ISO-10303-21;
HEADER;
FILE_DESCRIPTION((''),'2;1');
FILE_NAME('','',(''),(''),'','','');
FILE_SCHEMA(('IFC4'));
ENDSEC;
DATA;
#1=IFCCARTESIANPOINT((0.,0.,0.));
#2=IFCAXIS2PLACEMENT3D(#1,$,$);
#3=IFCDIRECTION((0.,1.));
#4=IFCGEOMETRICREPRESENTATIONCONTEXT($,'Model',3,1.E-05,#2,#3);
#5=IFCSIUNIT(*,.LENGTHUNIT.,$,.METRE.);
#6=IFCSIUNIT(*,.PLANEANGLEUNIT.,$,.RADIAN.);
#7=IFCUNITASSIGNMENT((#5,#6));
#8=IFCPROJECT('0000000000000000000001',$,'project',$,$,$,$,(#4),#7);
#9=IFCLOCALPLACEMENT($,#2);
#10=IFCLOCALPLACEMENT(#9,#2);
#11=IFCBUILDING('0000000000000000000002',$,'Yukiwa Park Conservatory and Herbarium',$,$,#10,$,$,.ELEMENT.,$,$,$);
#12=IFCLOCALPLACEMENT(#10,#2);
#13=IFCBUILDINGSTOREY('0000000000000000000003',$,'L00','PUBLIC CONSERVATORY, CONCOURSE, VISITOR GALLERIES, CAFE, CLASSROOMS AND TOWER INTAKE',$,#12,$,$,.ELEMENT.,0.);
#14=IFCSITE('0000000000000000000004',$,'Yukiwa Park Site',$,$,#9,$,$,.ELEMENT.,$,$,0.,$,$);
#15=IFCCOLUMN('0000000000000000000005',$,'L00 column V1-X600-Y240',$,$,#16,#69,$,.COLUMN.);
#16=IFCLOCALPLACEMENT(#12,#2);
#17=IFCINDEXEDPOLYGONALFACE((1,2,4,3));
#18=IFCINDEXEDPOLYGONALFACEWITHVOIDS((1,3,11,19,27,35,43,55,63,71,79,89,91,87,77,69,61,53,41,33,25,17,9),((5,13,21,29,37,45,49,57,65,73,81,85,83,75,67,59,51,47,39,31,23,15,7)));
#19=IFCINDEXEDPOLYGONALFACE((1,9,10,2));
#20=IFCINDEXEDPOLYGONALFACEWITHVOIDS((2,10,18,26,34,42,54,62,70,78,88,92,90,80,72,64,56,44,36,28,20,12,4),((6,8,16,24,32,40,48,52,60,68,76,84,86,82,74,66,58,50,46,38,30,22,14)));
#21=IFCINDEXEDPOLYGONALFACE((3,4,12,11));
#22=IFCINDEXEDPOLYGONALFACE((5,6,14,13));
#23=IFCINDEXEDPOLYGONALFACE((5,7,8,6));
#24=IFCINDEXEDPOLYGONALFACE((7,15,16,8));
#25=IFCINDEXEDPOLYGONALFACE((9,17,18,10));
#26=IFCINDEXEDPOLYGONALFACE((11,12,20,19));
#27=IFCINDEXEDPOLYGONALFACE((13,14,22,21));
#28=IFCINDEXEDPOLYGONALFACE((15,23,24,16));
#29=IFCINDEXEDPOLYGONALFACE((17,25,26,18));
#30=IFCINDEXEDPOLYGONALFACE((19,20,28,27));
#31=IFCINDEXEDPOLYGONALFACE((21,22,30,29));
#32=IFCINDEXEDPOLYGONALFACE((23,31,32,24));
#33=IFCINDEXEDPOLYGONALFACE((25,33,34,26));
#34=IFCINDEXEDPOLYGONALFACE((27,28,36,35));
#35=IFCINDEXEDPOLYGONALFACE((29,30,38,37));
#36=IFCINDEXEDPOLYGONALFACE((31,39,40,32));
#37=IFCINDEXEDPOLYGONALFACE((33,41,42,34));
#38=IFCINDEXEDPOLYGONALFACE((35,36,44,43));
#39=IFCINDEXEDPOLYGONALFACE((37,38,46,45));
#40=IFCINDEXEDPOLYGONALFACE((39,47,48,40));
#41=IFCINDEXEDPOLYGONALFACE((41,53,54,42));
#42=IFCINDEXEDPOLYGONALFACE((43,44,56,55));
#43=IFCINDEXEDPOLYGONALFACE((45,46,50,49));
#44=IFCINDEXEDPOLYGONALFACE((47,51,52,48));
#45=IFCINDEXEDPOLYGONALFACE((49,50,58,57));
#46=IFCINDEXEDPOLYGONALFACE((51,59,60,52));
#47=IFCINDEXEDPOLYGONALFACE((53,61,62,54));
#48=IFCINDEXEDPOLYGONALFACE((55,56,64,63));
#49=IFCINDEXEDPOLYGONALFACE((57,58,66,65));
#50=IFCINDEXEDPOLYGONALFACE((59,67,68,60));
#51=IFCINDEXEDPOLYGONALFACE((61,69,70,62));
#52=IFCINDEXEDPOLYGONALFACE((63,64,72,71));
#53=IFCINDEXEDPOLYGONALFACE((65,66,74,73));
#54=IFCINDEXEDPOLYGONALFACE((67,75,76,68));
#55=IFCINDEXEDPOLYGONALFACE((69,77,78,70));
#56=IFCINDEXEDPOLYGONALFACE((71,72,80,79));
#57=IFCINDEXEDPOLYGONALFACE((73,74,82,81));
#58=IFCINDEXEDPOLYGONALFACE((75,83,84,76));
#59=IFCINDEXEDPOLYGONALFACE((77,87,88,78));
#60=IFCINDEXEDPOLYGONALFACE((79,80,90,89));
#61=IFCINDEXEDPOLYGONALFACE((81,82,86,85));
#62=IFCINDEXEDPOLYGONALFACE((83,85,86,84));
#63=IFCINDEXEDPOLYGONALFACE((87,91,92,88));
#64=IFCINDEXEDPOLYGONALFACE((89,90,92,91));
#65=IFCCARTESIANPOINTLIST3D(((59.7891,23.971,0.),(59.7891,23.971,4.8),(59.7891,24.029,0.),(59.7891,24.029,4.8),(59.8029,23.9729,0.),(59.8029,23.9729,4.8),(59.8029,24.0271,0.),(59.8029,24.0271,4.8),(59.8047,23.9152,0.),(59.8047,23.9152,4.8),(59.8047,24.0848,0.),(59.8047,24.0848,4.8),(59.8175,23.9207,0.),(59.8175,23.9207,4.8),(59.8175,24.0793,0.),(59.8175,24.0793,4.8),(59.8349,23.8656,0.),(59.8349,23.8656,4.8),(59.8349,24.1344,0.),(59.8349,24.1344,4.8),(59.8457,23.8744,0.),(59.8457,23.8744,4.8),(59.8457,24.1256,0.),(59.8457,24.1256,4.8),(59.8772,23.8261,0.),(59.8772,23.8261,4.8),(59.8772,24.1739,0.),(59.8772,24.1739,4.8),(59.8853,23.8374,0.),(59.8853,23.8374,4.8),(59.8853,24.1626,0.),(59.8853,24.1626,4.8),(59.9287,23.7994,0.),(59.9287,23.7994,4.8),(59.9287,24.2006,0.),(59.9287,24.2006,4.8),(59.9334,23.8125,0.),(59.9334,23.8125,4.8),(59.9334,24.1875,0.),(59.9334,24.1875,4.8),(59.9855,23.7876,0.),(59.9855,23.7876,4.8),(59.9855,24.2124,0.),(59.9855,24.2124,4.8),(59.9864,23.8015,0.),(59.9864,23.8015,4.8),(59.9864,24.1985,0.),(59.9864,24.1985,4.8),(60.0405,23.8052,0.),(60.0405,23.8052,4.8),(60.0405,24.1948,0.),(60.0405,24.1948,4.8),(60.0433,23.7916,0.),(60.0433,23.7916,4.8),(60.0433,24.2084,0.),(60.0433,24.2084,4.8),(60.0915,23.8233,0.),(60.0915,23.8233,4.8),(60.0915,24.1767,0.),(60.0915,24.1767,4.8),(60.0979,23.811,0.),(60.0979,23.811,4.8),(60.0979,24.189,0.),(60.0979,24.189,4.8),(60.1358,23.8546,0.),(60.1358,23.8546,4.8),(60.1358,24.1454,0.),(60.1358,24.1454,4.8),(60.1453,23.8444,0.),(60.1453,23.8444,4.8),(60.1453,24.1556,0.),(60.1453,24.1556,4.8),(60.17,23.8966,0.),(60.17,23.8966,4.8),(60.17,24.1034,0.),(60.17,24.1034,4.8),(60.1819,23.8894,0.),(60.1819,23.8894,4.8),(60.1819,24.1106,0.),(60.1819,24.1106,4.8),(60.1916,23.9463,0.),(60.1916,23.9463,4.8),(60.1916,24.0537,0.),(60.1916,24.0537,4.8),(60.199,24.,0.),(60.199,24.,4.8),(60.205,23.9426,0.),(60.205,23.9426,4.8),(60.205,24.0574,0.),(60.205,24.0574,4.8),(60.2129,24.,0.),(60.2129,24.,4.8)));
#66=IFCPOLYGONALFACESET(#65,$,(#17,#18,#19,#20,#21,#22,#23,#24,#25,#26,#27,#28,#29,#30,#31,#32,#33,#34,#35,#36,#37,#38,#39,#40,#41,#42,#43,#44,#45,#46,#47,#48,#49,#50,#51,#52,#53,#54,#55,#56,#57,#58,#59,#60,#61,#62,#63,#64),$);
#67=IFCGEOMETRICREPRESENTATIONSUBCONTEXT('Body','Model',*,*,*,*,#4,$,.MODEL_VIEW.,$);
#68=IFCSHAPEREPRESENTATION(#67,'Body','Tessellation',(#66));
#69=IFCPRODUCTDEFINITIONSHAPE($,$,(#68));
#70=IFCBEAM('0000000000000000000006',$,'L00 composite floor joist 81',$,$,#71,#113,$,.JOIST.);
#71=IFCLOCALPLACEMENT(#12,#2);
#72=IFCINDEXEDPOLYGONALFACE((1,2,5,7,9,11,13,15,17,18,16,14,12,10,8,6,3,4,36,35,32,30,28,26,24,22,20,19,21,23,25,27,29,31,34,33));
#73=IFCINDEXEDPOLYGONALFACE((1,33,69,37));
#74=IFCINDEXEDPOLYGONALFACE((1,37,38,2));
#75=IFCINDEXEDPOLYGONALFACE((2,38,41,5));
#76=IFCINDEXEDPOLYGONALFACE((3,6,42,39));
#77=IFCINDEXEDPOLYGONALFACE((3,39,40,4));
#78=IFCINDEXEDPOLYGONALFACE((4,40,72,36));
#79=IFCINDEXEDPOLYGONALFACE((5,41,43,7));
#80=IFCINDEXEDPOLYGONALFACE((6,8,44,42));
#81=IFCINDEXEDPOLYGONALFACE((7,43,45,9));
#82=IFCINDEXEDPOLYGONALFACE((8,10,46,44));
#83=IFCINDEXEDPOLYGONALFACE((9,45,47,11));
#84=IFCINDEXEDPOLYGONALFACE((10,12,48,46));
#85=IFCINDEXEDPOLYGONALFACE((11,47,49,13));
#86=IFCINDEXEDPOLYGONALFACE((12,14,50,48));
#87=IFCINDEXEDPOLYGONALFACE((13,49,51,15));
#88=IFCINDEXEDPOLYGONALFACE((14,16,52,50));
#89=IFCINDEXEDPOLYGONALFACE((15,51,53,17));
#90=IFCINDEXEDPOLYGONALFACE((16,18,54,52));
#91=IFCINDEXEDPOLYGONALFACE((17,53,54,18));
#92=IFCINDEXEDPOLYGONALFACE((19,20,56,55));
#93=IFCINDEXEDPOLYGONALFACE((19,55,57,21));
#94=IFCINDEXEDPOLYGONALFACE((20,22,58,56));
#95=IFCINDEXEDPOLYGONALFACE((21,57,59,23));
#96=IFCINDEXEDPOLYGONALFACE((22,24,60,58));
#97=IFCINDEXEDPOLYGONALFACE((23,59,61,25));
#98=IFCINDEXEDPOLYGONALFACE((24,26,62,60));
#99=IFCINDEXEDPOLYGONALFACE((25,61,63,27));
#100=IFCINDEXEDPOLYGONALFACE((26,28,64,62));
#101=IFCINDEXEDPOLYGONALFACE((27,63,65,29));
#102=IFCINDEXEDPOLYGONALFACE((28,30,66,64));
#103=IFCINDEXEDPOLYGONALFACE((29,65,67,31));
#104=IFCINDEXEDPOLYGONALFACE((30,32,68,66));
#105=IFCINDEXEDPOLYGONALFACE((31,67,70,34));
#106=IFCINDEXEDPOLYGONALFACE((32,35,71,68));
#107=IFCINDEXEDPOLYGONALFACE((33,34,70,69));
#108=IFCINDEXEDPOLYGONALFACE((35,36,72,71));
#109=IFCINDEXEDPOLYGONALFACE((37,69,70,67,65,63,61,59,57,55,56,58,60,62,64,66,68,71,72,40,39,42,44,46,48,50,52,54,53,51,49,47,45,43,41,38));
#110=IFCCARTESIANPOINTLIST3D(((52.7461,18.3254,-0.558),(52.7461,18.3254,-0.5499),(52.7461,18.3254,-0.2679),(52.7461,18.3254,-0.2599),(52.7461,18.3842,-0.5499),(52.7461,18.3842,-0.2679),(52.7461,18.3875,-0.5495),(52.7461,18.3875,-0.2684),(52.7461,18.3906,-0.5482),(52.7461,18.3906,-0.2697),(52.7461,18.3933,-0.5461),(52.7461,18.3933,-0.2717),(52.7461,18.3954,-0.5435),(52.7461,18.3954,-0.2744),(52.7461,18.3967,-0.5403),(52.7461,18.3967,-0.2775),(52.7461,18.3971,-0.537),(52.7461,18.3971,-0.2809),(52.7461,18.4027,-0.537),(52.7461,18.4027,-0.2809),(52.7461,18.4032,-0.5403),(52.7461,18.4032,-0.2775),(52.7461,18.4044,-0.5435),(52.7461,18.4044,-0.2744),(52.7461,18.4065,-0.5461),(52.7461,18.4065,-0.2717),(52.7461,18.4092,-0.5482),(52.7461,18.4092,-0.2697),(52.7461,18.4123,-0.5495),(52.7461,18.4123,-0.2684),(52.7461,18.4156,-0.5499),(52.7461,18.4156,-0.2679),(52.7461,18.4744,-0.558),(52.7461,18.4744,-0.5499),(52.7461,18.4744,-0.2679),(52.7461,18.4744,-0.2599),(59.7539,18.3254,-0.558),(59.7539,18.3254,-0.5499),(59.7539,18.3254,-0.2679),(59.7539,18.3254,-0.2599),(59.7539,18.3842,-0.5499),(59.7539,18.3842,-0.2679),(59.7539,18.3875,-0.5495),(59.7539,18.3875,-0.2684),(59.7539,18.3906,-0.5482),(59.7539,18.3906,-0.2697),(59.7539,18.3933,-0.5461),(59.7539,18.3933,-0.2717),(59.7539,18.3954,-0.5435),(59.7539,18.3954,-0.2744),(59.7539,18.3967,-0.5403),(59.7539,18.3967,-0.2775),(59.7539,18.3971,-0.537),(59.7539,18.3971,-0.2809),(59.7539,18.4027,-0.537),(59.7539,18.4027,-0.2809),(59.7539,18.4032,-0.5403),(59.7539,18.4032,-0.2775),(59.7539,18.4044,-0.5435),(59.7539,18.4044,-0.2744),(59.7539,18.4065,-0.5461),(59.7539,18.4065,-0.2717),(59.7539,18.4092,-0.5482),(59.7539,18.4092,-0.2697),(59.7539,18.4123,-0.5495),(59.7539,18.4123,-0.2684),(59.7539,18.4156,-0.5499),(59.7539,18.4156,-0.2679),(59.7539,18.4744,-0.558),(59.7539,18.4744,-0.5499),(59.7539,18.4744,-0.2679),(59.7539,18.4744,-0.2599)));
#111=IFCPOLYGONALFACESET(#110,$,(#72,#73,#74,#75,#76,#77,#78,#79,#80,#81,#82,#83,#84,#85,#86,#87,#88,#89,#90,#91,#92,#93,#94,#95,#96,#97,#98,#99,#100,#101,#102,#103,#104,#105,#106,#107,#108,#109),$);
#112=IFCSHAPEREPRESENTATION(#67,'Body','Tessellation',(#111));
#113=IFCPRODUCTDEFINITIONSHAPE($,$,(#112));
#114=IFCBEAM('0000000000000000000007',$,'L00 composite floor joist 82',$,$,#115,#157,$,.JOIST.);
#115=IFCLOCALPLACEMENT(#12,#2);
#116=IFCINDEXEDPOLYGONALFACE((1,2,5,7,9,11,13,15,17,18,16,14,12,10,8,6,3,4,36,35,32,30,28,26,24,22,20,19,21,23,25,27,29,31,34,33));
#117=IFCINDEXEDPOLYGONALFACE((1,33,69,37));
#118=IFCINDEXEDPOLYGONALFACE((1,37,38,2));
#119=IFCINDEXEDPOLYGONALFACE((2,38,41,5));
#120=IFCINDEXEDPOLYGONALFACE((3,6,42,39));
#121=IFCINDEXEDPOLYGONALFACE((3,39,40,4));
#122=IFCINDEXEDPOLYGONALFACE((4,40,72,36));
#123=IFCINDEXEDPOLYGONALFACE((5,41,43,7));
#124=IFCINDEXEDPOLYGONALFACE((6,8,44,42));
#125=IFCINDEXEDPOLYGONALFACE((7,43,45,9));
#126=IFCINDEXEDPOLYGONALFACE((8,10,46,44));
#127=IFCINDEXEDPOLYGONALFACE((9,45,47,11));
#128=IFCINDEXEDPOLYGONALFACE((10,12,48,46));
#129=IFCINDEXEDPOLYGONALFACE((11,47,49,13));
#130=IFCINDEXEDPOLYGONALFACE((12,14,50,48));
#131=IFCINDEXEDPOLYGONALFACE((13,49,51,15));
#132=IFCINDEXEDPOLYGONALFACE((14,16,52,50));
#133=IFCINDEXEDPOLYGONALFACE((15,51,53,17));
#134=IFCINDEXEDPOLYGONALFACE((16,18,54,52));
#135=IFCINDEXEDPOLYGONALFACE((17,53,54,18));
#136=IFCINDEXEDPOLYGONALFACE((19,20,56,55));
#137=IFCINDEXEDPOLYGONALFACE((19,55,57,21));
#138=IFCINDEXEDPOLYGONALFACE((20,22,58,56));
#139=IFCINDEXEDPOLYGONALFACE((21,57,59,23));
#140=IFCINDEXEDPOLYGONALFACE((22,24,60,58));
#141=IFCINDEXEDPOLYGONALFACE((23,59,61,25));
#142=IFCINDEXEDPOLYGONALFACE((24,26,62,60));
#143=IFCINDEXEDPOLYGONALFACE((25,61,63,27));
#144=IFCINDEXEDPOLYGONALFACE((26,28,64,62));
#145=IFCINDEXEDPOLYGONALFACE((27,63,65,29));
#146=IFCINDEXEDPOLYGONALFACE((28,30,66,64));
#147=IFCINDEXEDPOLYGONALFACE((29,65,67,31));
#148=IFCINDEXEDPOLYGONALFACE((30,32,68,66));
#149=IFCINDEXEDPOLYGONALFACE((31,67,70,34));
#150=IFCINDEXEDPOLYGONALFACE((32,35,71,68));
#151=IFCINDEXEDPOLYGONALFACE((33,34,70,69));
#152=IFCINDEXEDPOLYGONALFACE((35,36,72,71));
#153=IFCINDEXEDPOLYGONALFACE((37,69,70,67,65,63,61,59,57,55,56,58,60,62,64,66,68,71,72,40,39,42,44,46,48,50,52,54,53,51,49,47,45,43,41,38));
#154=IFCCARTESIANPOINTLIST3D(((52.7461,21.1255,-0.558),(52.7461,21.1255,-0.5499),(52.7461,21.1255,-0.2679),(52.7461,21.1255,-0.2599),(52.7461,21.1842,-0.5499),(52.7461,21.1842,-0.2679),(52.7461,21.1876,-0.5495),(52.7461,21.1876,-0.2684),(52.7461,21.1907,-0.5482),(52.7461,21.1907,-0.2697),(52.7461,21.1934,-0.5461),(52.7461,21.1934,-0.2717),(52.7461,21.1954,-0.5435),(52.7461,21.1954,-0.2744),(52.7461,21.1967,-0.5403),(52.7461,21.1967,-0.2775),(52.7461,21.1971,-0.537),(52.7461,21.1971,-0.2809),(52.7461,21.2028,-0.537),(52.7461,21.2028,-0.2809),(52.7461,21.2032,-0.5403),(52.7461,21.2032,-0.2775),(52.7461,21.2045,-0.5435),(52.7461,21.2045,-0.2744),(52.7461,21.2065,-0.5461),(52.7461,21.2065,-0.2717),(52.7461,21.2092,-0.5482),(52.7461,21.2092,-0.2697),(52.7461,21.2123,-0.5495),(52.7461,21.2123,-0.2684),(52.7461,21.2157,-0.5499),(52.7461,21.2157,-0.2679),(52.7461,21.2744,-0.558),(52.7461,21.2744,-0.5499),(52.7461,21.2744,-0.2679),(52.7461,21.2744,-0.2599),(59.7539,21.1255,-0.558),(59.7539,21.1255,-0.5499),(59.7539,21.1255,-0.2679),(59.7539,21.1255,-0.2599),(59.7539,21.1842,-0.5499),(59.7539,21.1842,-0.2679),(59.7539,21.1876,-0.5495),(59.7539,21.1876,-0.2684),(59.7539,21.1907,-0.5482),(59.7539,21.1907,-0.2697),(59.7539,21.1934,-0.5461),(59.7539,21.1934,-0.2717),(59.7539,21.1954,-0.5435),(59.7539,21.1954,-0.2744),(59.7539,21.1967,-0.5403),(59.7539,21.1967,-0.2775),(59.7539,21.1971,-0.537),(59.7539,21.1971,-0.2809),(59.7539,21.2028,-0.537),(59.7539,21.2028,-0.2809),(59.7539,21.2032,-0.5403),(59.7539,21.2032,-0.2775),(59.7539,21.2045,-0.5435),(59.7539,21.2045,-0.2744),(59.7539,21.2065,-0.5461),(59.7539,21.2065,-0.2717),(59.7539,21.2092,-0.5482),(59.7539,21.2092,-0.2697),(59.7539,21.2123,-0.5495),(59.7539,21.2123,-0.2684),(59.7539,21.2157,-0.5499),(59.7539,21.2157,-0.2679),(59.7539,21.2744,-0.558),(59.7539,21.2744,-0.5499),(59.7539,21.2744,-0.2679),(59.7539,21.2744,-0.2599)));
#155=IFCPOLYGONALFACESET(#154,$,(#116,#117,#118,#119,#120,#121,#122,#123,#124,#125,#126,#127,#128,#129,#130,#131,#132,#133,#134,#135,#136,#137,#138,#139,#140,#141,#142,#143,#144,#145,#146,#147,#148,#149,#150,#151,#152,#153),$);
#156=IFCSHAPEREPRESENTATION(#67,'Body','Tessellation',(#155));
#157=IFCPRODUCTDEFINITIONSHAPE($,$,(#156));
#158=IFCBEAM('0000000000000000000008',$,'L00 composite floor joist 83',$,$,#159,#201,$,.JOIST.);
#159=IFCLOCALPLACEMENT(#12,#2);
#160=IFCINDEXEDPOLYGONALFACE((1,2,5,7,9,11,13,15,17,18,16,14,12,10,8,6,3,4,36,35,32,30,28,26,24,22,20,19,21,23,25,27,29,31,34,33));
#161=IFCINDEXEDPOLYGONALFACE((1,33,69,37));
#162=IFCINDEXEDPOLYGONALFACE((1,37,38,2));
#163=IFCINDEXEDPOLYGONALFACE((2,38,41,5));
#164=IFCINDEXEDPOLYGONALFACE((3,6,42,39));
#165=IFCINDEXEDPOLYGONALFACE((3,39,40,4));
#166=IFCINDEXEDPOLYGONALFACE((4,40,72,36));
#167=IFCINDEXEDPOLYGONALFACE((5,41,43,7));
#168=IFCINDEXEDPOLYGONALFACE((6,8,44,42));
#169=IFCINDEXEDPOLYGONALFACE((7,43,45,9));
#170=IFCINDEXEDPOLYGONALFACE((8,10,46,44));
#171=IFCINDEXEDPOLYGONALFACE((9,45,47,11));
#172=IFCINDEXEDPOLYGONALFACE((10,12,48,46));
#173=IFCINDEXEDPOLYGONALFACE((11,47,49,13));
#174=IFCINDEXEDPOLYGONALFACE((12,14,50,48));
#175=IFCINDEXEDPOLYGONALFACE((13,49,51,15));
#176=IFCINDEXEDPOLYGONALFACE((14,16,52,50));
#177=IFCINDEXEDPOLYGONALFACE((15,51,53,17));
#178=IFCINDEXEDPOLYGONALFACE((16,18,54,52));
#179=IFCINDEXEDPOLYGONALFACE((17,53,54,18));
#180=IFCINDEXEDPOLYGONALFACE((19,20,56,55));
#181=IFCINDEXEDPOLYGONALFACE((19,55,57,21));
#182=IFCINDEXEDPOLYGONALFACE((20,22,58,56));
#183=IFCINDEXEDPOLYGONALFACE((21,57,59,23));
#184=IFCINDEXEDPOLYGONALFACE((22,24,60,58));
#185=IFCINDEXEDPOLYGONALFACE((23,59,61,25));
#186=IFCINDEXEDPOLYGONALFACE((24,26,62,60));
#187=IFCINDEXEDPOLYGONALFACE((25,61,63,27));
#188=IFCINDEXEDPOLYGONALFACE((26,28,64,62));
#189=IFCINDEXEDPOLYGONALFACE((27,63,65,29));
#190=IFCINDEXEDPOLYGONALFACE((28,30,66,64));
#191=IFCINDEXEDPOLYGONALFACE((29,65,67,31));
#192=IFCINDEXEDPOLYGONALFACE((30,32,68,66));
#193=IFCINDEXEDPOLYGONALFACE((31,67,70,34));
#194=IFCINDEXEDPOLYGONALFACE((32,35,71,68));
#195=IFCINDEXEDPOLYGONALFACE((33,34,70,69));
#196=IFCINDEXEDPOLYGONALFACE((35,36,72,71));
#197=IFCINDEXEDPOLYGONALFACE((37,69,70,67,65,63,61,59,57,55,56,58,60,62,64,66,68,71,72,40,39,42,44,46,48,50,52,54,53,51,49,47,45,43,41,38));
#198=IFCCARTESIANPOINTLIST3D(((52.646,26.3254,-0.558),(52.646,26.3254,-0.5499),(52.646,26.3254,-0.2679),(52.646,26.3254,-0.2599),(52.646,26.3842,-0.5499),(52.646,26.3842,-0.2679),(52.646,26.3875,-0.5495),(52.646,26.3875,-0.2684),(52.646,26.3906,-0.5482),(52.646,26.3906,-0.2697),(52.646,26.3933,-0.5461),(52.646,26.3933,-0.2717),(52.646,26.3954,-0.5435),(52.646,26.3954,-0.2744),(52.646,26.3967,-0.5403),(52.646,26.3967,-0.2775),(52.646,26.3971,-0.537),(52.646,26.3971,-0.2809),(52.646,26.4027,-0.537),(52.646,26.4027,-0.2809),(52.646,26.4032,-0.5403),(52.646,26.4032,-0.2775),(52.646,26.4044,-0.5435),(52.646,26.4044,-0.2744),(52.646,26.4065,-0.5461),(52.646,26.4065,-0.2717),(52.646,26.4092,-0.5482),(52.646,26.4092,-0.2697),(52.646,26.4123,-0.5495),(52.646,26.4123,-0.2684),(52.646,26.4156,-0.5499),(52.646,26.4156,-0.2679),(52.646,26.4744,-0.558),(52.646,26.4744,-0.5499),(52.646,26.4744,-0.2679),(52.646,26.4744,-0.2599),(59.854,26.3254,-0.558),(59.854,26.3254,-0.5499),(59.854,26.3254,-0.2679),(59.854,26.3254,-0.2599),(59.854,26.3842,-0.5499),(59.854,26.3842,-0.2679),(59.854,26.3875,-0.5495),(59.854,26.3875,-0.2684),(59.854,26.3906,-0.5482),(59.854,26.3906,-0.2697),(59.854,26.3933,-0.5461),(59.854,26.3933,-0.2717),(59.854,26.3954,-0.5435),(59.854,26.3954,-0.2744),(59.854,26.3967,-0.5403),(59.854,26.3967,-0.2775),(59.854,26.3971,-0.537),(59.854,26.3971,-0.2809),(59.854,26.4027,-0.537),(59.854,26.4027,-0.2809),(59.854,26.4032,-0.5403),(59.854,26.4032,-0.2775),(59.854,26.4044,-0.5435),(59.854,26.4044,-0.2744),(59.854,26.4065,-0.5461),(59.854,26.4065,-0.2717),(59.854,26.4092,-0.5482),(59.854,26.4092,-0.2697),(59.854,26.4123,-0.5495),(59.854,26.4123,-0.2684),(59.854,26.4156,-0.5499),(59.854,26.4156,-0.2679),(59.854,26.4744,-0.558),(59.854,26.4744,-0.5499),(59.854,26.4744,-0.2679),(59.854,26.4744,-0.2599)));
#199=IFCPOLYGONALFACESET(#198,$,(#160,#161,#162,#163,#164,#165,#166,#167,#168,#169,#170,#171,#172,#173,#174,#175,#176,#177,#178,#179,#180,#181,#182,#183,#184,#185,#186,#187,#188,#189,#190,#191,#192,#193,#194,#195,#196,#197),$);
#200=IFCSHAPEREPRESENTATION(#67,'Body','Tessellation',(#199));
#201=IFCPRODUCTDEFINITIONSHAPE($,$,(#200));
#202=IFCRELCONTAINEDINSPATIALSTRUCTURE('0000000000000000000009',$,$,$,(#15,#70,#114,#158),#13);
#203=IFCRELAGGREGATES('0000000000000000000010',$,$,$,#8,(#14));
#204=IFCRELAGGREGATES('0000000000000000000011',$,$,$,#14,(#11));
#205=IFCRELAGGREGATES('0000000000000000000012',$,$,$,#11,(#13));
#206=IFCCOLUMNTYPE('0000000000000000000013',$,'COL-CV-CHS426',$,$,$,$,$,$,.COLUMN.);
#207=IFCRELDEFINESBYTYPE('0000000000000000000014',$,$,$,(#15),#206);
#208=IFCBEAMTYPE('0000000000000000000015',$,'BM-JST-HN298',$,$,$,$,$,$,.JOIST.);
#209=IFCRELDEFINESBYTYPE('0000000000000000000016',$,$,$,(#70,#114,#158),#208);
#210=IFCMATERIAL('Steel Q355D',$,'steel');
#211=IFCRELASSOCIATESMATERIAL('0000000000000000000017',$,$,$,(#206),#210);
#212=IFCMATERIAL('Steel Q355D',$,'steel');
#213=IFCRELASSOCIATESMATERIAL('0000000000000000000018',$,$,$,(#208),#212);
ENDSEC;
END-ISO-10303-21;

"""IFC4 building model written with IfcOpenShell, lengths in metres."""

from ifc_helpers import new_model, si_unit, direction, frame, origin, origin_2d, place, context, subcontext, project, spatial, hollow_circle, i_section, extrude, material, material_profile, profile_set, type_object, element, save


model = new_model("IFC4")

# Units and contexts
model_context = context("Model", 3, precision=1e-05, world=origin(), true_north=direction((0.0, 1.0)))
body_context = subcontext(model_context, "Body", "Model", "MODEL_VIEW")
ifc_project = project(units=[si_unit("LENGTHUNIT", "METRE"), si_unit("PLANEANGLEUNIT", "RADIAN")], contexts=[model_context])

# Site, building, storey
site_placement = place(None, origin())
site = spatial("IfcSite", under=ifc_project, at=site_placement, Name="Yukiwa Park Site", CompositionType="ELEMENT", RefElevation=0.0)
building_placement = place(site_placement, origin())
building = spatial("IfcBuilding", under=site, at=building_placement, Name="Yukiwa Park Conservatory and Herbarium", CompositionType="ELEMENT")
storey_placement = place(building_placement, origin())
storey = spatial("IfcBuildingStorey", under=building, at=storey_placement, Name="L00", Description="PUBLIC CONSERVATORY, CONCOURSE, VISITOR GALLERIES, CAFE, CLASSROOMS AND TOWER INTAKE", CompositionType="ELEMENT", Elevation=0.0)

# Column
ifc_material_1 = material(Name="Steel Q355D", Category="steel")
ifc_material_profile_1 = material_profile(ifc_material_1, hollow_circle(Radius=0.2129, WallThickness=0.0139, at=origin_2d()), Name="CHS 426x14")
ifc_profile_set_1 = profile_set([ifc_material_profile_1], Name="Steel Q355D")
column_type_1 = type_object("IfcColumnType", Name="COL-CV-CHS426", PredefinedType="COLUMN", material=ifc_profile_set_1)
column_1_placement = place(storey_placement, frame((60.0, 24.0, 0.0), z_axis=(0.0, 0.0, 1.0), x_axis=(1.0, 0.0, 0.0)))
element("IfcColumn", 1, at=column_1_placement, inside=storey, type_object=column_type_1, Name="L00 column V1-X600-Y240", PredefinedType="COLUMN", context=body_context, shape_type="SweptSolid", body=[
    extrude(hollow_circle(Radius=0.2129, WallThickness=0.0139, at=origin_2d()), origin(), (0.0, 0.0, 1.0), 4.8),
])

# Beams
ifc_material_2 = material(Name="Steel Q355D", Category="steel")
ifc_material_profile_2 = material_profile(ifc_material_2, i_section(OverallWidth=0.1489, OverallDepth=0.2981, WebThickness=0.0056, FlangeThickness=0.0081, FilletRadius=0.0129, at=origin_2d()), Name="HN 298x149x5.5x8")
ifc_profile_set_2 = profile_set([ifc_material_profile_2], Name="Steel Q355D")
beam_type_1 = type_object("IfcBeamType", Name="BM-JST-HN298", PredefinedType="JOIST", material=ifc_profile_set_2)
for number, where, z_axis, x_axis, name in (
    (2, (52.7461, 18.3999, -0.4089), (1.0, 0.0, 0.0), (0.0, 1.0, 0.0), "L00 composite floor joist 81"),
    (3, (52.7461, 21.2, -0.4089), (1.0, 0.0, 0.0), (0.0, 1.0, 0.0), "L00 composite floor joist 82"),
):
    element("IfcBeam", number, at=place(storey_placement, frame(where, z_axis=z_axis, x_axis=x_axis)), inside=storey, type_object=beam_type_1, Name=name, PredefinedType="JOIST", context=body_context, shape_type="SweptSolid", body=[
        extrude(i_section(OverallWidth=0.1489, OverallDepth=0.2981, WebThickness=0.0056, FlangeThickness=0.0081, FilletRadius=0.0129, at=origin_2d()), origin(), (0.0, 0.0, 1.0), 7.0078),
    ])
for number, where, z_axis, x_axis, name in (
    (4, (52.646, 26.3999, -0.4089), (1.0, 0.0, 0.0), (0.0, 1.0, 0.0), "L00 composite floor joist 83"),
):
    element("IfcBeam", number, at=place(storey_placement, frame(where, z_axis=z_axis, x_axis=x_axis)), inside=storey, type_object=beam_type_1, Name=name, PredefinedType="JOIST", context=body_context, shape_type="SweptSolid", body=[
        extrude(i_section(OverallWidth=0.1489, OverallDepth=0.2981, WebThickness=0.0056, FlangeThickness=0.0081, FilletRadius=0.0129, at=origin_2d()), origin(), (0.0, 0.0, 1.0), 7.208),
    ])

save(model, "model.ifc")
